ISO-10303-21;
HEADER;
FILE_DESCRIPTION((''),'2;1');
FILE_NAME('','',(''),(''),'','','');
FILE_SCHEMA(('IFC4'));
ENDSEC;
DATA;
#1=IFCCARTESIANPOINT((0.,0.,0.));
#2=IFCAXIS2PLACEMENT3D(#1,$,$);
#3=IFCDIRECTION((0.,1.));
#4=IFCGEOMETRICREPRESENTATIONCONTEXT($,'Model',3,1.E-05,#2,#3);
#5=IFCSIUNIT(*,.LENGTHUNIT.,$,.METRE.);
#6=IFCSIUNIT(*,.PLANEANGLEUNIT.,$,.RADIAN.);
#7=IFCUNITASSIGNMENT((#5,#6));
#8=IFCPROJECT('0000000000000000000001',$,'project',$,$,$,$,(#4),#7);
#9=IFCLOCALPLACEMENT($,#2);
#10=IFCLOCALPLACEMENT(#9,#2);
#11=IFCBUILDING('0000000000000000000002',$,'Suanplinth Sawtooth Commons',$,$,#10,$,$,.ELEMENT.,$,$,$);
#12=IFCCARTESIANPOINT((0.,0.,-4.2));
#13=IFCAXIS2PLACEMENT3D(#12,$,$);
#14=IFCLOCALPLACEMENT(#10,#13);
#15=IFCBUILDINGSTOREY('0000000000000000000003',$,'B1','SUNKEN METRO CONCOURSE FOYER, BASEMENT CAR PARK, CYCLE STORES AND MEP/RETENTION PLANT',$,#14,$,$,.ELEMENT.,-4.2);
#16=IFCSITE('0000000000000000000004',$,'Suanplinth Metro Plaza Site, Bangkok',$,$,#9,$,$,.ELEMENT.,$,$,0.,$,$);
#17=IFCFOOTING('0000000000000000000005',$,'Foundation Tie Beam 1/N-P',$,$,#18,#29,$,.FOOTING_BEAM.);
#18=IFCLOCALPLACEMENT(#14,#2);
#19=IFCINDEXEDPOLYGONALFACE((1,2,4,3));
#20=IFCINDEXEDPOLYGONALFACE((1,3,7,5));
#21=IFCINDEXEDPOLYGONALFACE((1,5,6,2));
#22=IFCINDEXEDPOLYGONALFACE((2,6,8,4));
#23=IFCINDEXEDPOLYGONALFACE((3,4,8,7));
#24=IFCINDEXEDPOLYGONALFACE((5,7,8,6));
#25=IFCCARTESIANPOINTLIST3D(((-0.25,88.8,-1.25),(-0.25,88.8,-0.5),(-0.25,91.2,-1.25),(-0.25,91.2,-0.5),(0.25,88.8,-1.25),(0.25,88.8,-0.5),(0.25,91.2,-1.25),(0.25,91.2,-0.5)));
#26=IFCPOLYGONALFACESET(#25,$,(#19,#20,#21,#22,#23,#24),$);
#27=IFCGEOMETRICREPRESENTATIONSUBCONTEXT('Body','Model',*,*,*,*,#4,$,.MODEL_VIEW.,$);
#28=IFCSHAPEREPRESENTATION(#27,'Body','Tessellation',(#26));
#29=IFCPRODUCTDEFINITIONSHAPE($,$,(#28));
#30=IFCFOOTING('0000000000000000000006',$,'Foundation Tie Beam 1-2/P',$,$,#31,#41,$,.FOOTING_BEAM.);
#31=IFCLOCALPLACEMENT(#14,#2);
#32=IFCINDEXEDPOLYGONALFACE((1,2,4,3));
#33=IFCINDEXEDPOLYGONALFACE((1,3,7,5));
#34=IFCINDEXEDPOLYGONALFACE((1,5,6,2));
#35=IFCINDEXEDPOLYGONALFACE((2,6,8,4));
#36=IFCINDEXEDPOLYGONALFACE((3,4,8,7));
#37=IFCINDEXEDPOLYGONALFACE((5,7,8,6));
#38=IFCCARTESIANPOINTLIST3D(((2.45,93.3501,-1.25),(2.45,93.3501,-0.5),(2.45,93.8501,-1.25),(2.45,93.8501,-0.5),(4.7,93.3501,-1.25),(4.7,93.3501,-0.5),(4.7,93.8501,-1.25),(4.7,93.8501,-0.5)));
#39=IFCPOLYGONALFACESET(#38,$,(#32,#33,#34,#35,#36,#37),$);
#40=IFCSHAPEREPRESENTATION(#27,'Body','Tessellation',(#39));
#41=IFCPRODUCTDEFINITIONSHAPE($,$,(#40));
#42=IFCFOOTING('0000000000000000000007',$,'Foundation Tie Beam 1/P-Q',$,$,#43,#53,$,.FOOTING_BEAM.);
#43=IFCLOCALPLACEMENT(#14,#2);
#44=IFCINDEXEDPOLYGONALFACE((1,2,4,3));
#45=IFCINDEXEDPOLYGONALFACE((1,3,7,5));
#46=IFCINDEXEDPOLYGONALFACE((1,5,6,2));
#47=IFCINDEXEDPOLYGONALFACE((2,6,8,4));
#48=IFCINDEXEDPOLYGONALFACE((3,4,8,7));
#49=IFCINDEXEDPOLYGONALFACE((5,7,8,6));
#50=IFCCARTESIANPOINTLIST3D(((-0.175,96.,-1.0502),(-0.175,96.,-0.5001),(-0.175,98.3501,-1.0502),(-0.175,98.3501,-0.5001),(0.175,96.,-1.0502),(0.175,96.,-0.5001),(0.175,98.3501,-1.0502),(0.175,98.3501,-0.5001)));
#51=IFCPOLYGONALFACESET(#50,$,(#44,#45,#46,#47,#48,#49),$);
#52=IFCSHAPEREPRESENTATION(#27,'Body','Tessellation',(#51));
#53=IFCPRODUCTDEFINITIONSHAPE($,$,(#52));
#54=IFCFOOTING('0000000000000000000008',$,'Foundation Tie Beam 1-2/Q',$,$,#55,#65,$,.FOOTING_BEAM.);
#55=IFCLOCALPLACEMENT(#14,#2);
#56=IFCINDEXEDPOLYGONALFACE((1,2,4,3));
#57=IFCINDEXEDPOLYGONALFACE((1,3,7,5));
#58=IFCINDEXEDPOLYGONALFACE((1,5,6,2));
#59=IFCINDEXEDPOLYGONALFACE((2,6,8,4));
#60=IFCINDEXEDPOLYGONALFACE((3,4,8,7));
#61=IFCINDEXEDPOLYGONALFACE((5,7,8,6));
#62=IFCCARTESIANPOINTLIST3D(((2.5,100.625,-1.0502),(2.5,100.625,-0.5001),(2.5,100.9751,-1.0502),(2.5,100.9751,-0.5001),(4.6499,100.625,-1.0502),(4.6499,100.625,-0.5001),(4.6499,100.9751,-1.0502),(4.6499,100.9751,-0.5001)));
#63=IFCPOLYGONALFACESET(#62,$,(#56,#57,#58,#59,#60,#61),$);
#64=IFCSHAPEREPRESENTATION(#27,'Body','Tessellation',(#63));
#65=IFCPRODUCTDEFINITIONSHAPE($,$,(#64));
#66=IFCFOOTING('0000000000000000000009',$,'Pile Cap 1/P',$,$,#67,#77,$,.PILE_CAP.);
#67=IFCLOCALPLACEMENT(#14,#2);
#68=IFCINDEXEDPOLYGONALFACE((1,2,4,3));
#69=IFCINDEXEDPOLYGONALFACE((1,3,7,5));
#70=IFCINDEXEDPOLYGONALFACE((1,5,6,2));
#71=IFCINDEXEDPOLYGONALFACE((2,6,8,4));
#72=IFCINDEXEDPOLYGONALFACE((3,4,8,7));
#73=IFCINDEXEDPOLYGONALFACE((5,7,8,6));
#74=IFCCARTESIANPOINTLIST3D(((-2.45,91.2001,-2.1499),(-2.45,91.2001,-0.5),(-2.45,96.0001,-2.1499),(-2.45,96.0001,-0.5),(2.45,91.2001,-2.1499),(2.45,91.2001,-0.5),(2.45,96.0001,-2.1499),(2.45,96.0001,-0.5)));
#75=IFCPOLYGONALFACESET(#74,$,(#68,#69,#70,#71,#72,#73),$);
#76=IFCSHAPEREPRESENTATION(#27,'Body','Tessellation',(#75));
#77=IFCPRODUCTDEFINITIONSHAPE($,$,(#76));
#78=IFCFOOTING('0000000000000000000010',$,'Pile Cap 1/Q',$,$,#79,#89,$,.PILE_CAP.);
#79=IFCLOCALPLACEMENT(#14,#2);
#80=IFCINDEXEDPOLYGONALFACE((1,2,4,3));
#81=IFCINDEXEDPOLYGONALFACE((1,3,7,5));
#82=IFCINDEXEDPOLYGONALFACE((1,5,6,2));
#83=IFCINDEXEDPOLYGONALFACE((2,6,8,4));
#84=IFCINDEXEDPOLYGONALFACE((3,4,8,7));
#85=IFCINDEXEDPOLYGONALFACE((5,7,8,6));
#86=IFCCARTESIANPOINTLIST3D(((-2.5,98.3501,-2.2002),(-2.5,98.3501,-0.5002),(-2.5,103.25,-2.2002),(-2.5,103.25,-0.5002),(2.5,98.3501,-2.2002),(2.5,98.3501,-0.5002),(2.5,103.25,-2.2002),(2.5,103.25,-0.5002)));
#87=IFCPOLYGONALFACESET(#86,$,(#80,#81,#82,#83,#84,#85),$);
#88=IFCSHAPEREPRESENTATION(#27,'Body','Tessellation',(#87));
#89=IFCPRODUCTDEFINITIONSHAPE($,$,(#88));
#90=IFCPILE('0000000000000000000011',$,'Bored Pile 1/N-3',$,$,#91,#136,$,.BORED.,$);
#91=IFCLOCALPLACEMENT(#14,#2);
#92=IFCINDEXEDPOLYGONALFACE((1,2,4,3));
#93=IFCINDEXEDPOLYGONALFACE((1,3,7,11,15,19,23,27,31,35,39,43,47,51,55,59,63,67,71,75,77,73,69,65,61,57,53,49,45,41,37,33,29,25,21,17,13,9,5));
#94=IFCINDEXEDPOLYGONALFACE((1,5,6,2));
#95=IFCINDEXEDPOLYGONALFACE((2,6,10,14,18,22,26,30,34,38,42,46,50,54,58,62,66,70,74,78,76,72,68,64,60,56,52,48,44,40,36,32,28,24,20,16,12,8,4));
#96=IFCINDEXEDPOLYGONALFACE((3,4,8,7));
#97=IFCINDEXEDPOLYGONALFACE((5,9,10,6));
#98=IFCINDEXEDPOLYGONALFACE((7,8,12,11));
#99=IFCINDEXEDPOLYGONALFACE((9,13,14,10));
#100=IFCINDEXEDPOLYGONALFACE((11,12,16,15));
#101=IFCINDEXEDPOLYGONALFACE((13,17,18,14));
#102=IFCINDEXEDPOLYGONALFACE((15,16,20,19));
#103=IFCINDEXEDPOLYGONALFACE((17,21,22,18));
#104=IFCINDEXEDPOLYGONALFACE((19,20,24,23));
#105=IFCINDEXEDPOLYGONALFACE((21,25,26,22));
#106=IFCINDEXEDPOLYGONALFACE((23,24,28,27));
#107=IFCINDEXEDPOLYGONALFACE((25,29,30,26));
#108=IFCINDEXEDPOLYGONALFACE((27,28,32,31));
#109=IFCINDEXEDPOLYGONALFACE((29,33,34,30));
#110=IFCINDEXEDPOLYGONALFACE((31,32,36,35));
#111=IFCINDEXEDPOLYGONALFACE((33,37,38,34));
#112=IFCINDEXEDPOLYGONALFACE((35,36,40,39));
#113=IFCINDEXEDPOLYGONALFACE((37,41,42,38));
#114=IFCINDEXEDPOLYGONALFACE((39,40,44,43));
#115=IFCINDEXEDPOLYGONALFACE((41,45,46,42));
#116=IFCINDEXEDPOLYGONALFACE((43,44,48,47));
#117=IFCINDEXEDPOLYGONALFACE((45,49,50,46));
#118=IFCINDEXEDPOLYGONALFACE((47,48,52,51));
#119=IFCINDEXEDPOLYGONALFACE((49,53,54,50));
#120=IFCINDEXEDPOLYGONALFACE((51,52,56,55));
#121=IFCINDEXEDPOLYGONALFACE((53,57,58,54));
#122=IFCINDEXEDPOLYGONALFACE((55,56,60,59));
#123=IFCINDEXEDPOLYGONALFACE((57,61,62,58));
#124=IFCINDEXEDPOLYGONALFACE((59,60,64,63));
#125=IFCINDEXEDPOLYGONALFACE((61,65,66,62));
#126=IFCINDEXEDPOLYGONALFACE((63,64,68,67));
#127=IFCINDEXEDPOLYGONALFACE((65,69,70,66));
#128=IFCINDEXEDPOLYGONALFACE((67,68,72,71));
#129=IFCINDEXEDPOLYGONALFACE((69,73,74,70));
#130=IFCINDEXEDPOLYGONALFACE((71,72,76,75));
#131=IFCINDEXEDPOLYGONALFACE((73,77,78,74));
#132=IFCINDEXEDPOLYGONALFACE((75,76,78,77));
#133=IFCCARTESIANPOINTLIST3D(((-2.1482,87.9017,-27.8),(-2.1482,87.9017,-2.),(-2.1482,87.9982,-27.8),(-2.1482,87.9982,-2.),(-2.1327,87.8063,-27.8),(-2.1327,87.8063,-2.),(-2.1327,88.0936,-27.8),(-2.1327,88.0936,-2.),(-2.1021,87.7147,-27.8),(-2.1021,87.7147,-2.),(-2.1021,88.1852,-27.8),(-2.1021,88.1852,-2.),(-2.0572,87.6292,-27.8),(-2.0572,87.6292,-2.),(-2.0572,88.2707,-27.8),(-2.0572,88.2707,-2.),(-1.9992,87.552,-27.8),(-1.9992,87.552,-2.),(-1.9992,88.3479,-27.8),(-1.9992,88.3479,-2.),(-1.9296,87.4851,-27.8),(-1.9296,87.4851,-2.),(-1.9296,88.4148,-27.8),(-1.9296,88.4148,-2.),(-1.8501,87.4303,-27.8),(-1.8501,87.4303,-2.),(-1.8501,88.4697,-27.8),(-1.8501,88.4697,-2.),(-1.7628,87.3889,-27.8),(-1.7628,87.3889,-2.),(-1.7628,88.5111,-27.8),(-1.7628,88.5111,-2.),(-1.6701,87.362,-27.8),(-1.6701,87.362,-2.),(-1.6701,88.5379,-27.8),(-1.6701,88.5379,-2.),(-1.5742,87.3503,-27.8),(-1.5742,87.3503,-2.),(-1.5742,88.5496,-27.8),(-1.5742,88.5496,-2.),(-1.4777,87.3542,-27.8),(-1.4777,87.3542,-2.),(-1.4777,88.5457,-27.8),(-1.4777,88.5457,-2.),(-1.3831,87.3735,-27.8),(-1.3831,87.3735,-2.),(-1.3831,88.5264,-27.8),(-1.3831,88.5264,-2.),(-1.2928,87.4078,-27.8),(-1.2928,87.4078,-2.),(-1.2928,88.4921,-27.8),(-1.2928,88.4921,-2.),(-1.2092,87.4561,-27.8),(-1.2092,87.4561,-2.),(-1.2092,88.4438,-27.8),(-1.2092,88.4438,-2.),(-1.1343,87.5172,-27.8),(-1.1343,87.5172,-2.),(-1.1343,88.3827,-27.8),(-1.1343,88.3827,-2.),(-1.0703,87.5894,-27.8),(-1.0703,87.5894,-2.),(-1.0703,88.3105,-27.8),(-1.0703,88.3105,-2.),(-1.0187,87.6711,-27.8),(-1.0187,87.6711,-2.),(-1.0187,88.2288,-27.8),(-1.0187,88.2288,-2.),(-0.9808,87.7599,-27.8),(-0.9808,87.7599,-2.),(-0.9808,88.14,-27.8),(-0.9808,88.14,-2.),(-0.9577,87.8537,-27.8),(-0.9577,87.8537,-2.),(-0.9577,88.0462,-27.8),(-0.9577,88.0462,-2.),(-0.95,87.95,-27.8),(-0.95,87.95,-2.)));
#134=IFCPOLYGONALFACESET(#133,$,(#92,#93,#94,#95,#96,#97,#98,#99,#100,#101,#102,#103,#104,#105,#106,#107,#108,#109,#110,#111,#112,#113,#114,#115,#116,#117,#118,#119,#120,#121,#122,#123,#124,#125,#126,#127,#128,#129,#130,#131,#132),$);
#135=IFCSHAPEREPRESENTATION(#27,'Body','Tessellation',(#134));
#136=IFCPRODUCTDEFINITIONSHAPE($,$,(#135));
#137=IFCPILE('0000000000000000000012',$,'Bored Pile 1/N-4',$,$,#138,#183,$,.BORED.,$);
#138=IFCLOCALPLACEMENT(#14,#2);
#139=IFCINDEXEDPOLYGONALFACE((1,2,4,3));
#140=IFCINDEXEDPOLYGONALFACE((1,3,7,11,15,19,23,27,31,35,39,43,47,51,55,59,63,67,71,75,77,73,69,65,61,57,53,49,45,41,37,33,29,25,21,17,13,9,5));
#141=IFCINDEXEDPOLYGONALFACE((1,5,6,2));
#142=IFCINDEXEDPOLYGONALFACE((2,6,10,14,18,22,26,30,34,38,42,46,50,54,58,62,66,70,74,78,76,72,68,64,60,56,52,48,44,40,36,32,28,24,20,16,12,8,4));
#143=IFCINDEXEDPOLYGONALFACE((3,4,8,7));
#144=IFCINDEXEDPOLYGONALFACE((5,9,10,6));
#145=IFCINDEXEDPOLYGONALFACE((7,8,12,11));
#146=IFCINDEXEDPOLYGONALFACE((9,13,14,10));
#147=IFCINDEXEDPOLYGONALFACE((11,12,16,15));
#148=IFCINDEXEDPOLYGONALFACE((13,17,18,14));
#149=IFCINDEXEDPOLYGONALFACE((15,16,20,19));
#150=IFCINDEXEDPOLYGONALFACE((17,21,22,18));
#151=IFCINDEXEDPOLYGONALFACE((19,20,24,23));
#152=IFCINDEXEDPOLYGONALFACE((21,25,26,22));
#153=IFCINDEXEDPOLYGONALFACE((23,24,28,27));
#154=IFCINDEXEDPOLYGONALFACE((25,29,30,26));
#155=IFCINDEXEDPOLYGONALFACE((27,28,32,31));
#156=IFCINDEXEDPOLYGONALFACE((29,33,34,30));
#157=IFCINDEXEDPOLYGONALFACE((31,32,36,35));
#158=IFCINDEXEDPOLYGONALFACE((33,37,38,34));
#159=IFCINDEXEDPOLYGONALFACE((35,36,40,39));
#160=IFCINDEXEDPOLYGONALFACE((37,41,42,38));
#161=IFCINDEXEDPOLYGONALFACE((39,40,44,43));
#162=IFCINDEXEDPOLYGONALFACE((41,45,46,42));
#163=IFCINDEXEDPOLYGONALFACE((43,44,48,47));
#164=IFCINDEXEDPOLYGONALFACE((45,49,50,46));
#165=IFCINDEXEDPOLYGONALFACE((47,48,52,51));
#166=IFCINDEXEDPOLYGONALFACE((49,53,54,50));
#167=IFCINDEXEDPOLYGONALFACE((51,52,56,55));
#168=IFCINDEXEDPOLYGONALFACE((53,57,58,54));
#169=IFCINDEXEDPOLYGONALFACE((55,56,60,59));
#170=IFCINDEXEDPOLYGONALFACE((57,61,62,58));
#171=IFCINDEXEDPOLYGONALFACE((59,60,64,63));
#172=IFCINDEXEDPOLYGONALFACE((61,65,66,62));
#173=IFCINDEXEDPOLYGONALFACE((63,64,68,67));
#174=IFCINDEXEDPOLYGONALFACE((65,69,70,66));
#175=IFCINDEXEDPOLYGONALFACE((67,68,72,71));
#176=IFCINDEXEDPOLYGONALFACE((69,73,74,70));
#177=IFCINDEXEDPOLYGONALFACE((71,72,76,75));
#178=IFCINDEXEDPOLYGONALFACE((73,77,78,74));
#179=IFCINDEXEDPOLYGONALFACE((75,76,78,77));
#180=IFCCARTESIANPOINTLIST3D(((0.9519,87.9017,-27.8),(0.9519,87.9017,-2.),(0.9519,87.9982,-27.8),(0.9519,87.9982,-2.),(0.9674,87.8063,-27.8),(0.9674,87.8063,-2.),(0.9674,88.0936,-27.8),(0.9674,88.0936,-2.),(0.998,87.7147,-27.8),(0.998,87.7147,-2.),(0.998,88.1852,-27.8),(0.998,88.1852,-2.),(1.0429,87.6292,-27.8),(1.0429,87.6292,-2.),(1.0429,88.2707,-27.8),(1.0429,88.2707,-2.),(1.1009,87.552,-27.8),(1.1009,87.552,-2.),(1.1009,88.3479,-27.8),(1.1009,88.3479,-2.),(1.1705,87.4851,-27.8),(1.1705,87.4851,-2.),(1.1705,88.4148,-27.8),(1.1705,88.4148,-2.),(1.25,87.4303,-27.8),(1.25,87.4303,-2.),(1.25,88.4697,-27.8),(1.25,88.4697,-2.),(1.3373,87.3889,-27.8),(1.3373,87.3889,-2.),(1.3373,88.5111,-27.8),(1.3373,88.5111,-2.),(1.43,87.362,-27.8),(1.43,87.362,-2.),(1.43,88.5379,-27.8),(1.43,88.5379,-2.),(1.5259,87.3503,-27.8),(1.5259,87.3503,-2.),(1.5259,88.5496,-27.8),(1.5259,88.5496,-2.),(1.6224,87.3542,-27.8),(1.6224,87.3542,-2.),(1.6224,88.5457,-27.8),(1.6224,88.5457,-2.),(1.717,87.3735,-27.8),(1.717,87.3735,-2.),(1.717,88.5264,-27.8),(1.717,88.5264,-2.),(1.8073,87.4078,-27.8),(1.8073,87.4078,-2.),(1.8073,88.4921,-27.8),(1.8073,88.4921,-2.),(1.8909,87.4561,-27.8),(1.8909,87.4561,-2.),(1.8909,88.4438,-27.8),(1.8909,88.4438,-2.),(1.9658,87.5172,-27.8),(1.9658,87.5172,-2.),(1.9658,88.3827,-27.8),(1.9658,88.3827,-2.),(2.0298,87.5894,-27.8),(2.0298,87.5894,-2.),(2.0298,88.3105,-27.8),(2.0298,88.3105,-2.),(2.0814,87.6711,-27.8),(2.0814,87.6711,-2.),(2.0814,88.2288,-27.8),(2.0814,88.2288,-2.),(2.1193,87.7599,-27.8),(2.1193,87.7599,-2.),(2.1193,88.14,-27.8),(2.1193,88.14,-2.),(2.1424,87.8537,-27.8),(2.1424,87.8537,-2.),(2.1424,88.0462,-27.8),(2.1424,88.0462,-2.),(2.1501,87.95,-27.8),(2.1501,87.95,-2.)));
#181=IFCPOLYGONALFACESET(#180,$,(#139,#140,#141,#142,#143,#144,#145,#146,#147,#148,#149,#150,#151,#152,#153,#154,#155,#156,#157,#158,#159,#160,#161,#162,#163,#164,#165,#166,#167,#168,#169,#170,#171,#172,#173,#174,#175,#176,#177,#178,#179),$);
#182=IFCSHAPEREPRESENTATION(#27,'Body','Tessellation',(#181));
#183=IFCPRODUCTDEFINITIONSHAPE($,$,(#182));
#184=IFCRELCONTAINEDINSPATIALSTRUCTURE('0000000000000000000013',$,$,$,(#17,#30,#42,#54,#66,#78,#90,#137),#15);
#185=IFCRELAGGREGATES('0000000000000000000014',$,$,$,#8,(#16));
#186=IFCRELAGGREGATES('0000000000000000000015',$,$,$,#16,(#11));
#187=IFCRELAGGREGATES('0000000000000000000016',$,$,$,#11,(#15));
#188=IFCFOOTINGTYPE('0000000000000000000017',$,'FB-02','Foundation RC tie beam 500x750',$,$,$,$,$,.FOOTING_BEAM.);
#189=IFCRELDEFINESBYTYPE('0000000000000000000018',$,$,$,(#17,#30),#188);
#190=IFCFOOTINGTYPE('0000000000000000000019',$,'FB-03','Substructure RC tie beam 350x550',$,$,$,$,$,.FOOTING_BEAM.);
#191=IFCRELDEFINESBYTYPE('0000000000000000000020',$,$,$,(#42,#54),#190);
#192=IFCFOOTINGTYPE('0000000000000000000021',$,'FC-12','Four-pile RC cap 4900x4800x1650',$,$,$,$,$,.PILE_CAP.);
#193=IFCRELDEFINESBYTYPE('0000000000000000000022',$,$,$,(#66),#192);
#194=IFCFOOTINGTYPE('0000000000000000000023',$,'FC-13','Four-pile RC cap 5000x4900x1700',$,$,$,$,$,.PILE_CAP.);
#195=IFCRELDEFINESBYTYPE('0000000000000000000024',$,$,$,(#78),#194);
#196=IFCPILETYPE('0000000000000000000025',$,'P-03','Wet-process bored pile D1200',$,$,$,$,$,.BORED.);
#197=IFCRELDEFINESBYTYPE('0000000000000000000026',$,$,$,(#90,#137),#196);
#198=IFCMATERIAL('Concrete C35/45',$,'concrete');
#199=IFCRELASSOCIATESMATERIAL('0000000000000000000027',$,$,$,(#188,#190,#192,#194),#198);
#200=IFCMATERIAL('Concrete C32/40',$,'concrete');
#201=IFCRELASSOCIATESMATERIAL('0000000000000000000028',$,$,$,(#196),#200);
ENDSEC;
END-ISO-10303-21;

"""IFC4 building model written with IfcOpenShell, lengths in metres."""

from ifc_helpers import new_model, si_unit, direction, frame, origin, origin_2d, place, context, subcontext, project, spatial, rectangle, circle, extrude, material, material_profile, profile_set, type_object, element, save


model = new_model("IFC4")

# Units and contexts
model_context = context("Model", 3, precision=1e-05, world=origin(), true_north=direction((0.0, 1.0)))
body_context = subcontext(model_context, "Body", "Model", "MODEL_VIEW")
ifc_project = project(units=[si_unit("LENGTHUNIT", "METRE"), si_unit("PLANEANGLEUNIT", "RADIAN")], contexts=[model_context])

# Site, building, storey
site_placement = place(None, origin())
site = spatial("IfcSite", under=ifc_project, at=site_placement, Name="Suanplinth Metro Plaza Site, Bangkok", CompositionType="ELEMENT", RefElevation=0.0)
building_placement = place(site_placement, origin())
building = spatial("IfcBuilding", under=site, at=building_placement, Name="Suanplinth Sawtooth Commons", CompositionType="ELEMENT")
storey_placement = place(building_placement, frame((0.0, 0.0, -4.2)))
storey = spatial("IfcBuildingStorey", under=building, at=storey_placement, Name="B1", Description="SUNKEN METRO CONCOURSE FOYER, BASEMENT CAR PARK, CYCLE STORES AND MEP/RETENTION PLANT", CompositionType="ELEMENT", Elevation=-4.2)

# Footings
ifc_material_1 = material(Name="Concrete C35/45", Category="concrete")
ifc_material_profile_1 = material_profile(ifc_material_1, rectangle(XDim=0.5, YDim=0.75, at=origin_2d()), Name="RC-GDR 500x750")
ifc_profile_set_1 = profile_set([ifc_material_profile_1], Name="Concrete C35/45")
footing_type_1 = type_object("IfcFootingType", Name="FB-02", Description="Foundation RC tie beam 500x750", PredefinedType="FOOTING_BEAM", material=ifc_profile_set_1)
footing_1_placement = place(storey_placement, frame((0.0, 88.8, -0.875), z_axis=(0.0, 1.0, 0.0), x_axis=(-1.0, 0.0, 0.0)))
element("IfcFooting", 1, at=footing_1_placement, inside=storey, type_object=footing_type_1, Name="Foundation Tie Beam 1/N-P", PredefinedType="FOOTING_BEAM", context=body_context, shape_type="SweptSolid", body=[
    extrude(rectangle(XDim=0.5, YDim=0.75, at=origin_2d()), origin(), (0.0, 0.0, 1.0), 2.3999),
])
footing_2_placement = place(storey_placement, frame((2.45, 93.6001, -0.875), z_axis=(1.0, 0.0, 0.0), x_axis=(0.0, 1.0, 0.0)))
element("IfcFooting", 2, at=footing_2_placement, inside=storey, type_object=footing_type_1, Name="Foundation Tie Beam 1-2/P", PredefinedType="FOOTING_BEAM", context=body_context, shape_type="SweptSolid", body=[
    extrude(rectangle(XDim=0.5, YDim=0.75, at=origin_2d()), origin(), (0.0, 0.0, 1.0), 2.25),
])
ifc_material_profile_2 = material_profile(ifc_material_1, rectangle(XDim=0.3501, YDim=0.55, at=origin_2d()), Name="PC-BM 350x550")
ifc_profile_set_2 = profile_set([ifc_material_profile_2], Name="Concrete C35/45")
footing_type_2 = type_object("IfcFootingType", Name="FB-03", Description="Substructure RC tie beam 350x550", PredefinedType="FOOTING_BEAM", material=ifc_profile_set_2)
footing_3_placement = place(storey_placement, frame((0.0, 96.0, -0.7751), z_axis=(0.0, 1.0, 0.0), x_axis=(-1.0, 0.0, 0.0)))
element("IfcFooting", 3, at=footing_3_placement, inside=storey, type_object=footing_type_2, Name="Foundation Tie Beam 1/P-Q", PredefinedType="FOOTING_BEAM", context=body_context, shape_type="SweptSolid", body=[
    extrude(rectangle(XDim=0.3501, YDim=0.55, at=origin_2d()), origin(), (0.0, 0.0, 1.0), 2.3501),
])
footing_4_placement = place(storey_placement, frame((2.5, 100.8, -0.7751), z_axis=(1.0, 0.0, 0.0), x_axis=(0.0, 1.0, 0.0)))
element("IfcFooting", 4, at=footing_4_placement, inside=storey, type_object=footing_type_2, Name="Foundation Tie Beam 1-2/Q", PredefinedType="FOOTING_BEAM", context=body_context, shape_type="SweptSolid", body=[
    extrude(rectangle(XDim=0.3501, YDim=0.55, at=origin_2d()), origin(), (0.0, 0.0, 1.0), 2.1499),
])
footing_type_3 = type_object("IfcFootingType", Name="FC-12", Description="Four-pile RC cap 4900x4800x1650", PredefinedType="PILE_CAP", material=ifc_material_1)
footing_5_placement = place(storey_placement, frame((0.0, 93.6001, -2.1499), z_axis=(0.0, 0.0, 1.0), x_axis=(1.0, 0.0, 0.0)))
element("IfcFooting", 5, at=footing_5_placement, inside=storey, type_object=footing_type_3, Name="Pile Cap 1/P", PredefinedType="PILE_CAP", context=body_context, shape_type="SweptSolid", body=[
    extrude(rectangle(XDim=4.8999, YDim=4.8, at=origin_2d()), origin(), (0.0, 0.0, 1.0), 1.6499),
])
footing_type_4 = type_object("IfcFootingType", Name="FC-13", Description="Four-pile RC cap 5000x4900x1700", PredefinedType="PILE_CAP", material=ifc_material_1)
footing_6_placement = place(storey_placement, frame((0.0, 100.8, -2.2002), z_axis=(0.0, 0.0, 1.0), x_axis=(1.0, 0.0, 0.0)))
element("IfcFooting", 6, at=footing_6_placement, inside=storey, type_object=footing_type_4, Name="Pile Cap 1/Q", PredefinedType="PILE_CAP", context=body_context, shape_type="SweptSolid", body=[
    extrude(rectangle(XDim=5.0, YDim=4.8999, at=origin_2d()), origin(), (0.0, 0.0, 1.0), 1.7),
])

# Piles
ifc_material_2 = material(Name="Concrete C32/40", Category="concrete")
ifc_material_profile_3 = material_profile(ifc_material_2, circle(Radius=0.6001, at=origin_2d()), Name="PILE D1200")
ifc_profile_set_3 = profile_set([ifc_material_profile_3], Name="Concrete C32/40")
pile_type = type_object("IfcPileType", Name="P-03", Description="Wet-process bored pile D1200", PredefinedType="BORED", material=ifc_profile_set_3)
for number, where, z_axis, x_axis, name in (
    (7, (-1.55, 87.95, -2.0), (0.0, 0.0, -1.0), (1.0, 0.0, 0.0), "Bored Pile 1/N-3"),
    (8, (1.55, 87.95, -2.0), (0.0, 0.0, -1.0), (1.0, 0.0, 0.0), "Bored Pile 1/N-4"),
):
    element("IfcPile", number, at=place(storey_placement, frame(where, z_axis=z_axis, x_axis=x_axis)), inside=storey, type_object=pile_type, Name=name, PredefinedType="BORED", context=body_context, shape_type="SweptSolid", body=[
        extrude(circle(Radius=0.6001, at=origin_2d()), origin(), (0.0, 0.0, 1.0), 25.8),
    ])

save(model, "model.ifc")
